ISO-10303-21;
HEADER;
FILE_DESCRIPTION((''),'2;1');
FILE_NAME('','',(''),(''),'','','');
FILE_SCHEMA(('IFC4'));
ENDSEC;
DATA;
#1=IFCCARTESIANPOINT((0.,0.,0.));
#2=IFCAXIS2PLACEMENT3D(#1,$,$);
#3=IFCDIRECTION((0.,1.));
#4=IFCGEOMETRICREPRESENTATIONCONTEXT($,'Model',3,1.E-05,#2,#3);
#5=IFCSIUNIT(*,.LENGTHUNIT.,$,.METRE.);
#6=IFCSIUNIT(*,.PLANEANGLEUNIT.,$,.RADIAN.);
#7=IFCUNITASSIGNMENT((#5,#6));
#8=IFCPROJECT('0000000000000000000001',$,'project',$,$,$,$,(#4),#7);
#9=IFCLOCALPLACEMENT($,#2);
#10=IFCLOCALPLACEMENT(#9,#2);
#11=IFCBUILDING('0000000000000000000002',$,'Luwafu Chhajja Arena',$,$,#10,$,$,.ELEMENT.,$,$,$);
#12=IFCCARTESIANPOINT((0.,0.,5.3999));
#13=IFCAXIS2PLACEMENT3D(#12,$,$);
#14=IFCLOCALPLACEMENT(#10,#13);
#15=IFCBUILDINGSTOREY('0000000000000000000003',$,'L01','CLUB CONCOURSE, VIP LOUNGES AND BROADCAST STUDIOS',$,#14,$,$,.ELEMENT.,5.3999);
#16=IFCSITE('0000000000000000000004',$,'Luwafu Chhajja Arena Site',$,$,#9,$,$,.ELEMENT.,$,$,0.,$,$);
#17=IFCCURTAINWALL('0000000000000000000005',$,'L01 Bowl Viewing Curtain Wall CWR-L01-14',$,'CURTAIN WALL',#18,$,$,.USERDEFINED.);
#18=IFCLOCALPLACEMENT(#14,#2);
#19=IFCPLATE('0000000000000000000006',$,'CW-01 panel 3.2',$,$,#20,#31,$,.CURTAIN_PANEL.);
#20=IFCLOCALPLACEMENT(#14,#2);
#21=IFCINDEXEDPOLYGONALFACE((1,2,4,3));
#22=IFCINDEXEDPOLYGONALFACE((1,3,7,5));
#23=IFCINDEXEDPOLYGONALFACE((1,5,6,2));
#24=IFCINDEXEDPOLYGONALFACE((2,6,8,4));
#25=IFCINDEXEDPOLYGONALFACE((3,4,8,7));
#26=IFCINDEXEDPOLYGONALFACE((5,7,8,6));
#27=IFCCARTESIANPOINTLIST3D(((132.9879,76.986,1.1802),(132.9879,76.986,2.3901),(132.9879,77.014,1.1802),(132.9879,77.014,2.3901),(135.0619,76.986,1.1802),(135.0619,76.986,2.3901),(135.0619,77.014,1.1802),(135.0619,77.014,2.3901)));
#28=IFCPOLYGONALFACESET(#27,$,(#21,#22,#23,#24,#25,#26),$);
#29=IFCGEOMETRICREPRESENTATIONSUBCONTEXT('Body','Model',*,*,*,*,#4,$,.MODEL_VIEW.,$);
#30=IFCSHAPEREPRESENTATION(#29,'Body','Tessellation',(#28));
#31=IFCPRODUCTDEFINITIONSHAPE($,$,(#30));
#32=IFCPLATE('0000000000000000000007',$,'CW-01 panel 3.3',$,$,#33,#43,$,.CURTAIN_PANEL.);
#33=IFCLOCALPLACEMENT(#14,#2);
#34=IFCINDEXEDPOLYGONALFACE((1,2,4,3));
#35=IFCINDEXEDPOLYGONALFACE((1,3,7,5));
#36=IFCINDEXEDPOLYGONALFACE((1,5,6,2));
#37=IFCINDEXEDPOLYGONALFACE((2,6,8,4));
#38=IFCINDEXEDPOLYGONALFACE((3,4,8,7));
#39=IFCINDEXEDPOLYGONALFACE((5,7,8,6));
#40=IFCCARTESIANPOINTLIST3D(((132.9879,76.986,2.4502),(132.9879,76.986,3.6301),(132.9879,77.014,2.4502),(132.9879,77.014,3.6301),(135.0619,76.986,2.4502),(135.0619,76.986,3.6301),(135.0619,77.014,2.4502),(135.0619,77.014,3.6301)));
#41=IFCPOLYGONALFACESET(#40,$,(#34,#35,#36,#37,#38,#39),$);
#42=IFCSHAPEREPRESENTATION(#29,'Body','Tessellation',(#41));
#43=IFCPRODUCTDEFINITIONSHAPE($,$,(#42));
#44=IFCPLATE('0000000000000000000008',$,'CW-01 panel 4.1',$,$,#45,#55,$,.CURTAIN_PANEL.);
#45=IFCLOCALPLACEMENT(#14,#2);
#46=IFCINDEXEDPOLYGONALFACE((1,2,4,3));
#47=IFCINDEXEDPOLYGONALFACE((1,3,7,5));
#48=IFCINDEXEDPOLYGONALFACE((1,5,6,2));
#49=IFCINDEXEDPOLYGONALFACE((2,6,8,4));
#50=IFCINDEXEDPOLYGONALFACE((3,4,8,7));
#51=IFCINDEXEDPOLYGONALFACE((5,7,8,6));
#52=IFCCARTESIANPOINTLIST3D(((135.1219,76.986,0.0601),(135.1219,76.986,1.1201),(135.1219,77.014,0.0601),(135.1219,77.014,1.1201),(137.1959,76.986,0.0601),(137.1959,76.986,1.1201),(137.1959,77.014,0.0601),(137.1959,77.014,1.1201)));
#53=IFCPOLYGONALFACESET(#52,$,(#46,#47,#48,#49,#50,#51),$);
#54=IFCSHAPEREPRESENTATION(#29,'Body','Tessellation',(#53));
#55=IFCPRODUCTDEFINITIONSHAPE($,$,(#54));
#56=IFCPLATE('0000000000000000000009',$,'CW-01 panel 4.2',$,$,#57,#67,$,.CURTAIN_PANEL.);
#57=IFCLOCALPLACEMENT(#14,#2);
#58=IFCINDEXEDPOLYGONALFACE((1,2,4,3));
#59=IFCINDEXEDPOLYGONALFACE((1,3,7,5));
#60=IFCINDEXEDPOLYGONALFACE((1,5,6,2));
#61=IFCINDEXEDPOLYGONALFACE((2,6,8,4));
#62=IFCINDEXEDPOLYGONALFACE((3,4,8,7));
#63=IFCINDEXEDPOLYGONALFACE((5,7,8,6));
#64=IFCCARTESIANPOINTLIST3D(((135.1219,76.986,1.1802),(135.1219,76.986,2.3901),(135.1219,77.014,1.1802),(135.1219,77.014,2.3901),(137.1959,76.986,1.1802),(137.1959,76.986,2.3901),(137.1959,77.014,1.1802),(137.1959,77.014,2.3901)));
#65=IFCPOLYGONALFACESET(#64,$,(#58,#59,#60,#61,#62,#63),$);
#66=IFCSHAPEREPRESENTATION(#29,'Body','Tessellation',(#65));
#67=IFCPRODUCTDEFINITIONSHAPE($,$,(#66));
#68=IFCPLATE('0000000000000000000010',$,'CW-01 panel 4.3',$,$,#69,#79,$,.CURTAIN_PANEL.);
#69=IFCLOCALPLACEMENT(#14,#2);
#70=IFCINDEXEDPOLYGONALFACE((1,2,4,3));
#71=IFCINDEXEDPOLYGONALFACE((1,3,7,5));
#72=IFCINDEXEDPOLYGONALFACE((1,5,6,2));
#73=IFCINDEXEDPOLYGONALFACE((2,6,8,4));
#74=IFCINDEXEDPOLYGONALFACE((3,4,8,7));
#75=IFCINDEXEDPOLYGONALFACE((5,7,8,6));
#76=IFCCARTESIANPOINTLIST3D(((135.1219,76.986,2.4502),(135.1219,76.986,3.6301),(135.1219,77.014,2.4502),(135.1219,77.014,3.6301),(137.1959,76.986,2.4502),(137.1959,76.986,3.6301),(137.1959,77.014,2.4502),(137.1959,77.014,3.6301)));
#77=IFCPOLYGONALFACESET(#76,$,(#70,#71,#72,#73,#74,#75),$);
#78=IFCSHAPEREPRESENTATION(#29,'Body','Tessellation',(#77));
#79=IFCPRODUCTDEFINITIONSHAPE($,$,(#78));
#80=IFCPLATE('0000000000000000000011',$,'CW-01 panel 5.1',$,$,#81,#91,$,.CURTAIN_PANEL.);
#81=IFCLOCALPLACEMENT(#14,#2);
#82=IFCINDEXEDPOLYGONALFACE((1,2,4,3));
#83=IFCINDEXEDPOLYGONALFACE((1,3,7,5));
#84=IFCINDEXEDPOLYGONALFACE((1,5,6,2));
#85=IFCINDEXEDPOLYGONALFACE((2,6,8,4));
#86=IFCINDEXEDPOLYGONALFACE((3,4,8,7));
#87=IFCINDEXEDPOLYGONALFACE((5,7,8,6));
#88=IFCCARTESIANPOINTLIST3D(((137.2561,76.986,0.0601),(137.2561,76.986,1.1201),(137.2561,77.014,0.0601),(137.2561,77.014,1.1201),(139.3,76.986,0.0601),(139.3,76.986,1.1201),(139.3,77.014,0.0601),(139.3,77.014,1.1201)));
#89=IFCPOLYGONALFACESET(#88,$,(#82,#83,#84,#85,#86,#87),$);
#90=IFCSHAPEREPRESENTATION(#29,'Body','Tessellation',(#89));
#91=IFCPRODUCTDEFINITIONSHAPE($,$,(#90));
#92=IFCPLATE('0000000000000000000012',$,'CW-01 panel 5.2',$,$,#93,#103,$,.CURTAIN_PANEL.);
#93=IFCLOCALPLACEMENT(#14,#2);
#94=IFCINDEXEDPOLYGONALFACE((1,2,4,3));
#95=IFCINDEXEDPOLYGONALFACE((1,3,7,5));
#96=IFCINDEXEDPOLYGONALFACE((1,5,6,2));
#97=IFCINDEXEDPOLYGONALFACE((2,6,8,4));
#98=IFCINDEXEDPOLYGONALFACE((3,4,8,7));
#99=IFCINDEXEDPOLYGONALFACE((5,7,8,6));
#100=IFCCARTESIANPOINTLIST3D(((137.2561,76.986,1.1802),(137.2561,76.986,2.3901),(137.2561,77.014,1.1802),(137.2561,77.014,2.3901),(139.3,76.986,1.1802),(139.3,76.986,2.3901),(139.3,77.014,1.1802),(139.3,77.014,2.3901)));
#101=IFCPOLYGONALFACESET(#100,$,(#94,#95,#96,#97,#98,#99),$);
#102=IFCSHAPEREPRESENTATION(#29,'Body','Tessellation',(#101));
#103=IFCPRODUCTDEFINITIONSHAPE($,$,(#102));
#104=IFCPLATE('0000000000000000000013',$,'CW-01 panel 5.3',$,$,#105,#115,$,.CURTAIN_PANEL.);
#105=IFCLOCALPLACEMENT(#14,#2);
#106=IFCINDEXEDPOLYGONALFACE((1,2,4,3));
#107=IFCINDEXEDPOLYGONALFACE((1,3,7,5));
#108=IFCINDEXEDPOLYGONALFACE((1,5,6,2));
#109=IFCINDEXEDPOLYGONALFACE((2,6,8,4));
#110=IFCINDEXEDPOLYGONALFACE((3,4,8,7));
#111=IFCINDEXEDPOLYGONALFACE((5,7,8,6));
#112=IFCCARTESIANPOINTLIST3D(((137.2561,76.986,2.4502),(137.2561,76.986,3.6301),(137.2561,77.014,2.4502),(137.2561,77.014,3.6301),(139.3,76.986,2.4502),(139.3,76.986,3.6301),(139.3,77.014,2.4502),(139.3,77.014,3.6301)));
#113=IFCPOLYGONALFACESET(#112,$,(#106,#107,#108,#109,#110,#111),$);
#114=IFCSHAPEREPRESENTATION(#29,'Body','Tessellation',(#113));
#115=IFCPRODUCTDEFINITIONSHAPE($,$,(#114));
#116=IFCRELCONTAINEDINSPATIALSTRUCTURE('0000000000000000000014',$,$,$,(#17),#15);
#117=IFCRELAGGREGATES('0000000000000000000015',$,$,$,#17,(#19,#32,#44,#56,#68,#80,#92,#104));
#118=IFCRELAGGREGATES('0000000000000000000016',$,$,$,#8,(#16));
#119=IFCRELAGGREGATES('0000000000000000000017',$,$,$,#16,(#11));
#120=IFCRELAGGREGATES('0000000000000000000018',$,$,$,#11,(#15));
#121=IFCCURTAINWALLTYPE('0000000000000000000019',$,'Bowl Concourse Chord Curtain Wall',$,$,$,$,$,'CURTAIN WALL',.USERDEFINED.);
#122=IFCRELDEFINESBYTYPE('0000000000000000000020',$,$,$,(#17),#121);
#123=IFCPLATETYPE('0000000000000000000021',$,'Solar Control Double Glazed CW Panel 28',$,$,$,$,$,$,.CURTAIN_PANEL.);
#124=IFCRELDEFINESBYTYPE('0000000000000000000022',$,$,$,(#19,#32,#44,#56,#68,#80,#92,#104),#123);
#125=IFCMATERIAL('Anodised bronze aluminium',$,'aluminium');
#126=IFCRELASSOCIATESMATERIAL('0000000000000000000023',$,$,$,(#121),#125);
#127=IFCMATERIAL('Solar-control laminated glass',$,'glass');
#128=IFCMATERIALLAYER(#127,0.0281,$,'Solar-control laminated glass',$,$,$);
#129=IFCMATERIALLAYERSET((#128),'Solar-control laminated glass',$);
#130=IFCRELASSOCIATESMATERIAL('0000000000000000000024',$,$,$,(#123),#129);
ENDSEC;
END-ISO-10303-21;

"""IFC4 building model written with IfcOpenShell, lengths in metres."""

from ifc_helpers import new_model, si_unit, direction, frame, origin, origin_2d, place, context, subcontext, project, spatial, rectangle, extrude, material, layer, layer_set, type_object, element, aggregate, save


model = new_model("IFC4")

# Units and contexts
model_context = context("Model", 3, precision=1e-05, world=origin(), true_north=direction((0.0, 1.0)))
body_context = subcontext(model_context, "Body", "Model", "MODEL_VIEW")
ifc_project = project(units=[si_unit("LENGTHUNIT", "METRE"), si_unit("PLANEANGLEUNIT", "RADIAN")], contexts=[model_context])

# Site, building, storey
site_placement = place(None, origin())
site = spatial("IfcSite", under=ifc_project, at=site_placement, Name="Luwafu Chhajja Arena Site", CompositionType="ELEMENT", RefElevation=0.0)
building_placement = place(site_placement, origin())
building = spatial("IfcBuilding", under=site, at=building_placement, Name="Luwafu Chhajja Arena", CompositionType="ELEMENT")
storey_placement = place(building_placement, frame((0.0, 0.0, 5.3999)))
storey = spatial("IfcBuildingStorey", under=building, at=storey_placement, Name="L01", Description="CLUB CONCOURSE, VIP LOUNGES AND BROADCAST STUDIOS", CompositionType="ELEMENT", Elevation=5.3999)

# Curtain wall
ifc_material_1 = material(Name="Anodised bronze aluminium", Category="aluminium")
curtain_wall_type = type_object("IfcCurtainWallType", Name="Bowl Concourse Chord Curtain Wall", ElementType="CURTAIN WALL", PredefinedType="USERDEFINED", material=ifc_material_1)
curtain_wall_placement = place(storey_placement, origin())
curtain_wall = element("IfcCurtainWall", 1, at=curtain_wall_placement, inside=storey, type_object=curtain_wall_type, Name="L01 Bowl Viewing Curtain Wall CWR-L01-14", ObjectType="CURTAIN WALL", PredefinedType="USERDEFINED")

# Plates
ifc_material_2 = material(Name="Solar-control laminated glass", Category="glass")
ifc_layer_1 = layer(ifc_material_2, 0.0281, Name="Solar-control laminated glass")
ifc_layer_set_1 = layer_set([ifc_layer_1], Name="Solar-control laminated glass")
plate_type_1 = type_object("IfcPlateType", Name="Solar Control Double Glazed CW Panel 28", PredefinedType="CURTAIN_PANEL", material=ifc_layer_set_1)
plate_1_placement = place(storey_placement, frame((134.0249, 77.0, 1.1802), z_axis=(0.0, 0.0, 1.0), x_axis=(1.0, 0.0, 0.0)))
plate_1 = element("IfcPlate", 2, at=plate_1_placement, type_object=plate_type_1, Name="CW-01 panel 3.2", PredefinedType="CURTAIN_PANEL", context=body_context, shape_type="SweptSolid", body=[
    extrude(rectangle(XDim=2.074, YDim=0.0281, at=origin_2d()), origin(), (0.0, 0.0, 1.0), 1.21),
])
plate_2_placement = place(storey_placement, frame((134.0249, 77.0, 2.4502), z_axis=(0.0, 0.0, 1.0), x_axis=(1.0, 0.0, 0.0)))
plate_2 = element("IfcPlate", 3, at=plate_2_placement, type_object=plate_type_1, Name="CW-01 panel 3.3", PredefinedType="CURTAIN_PANEL", context=body_context, shape_type="SweptSolid", body=[
    extrude(rectangle(XDim=2.074, YDim=0.0281, at=origin_2d()), origin(), (0.0, 0.0, 1.0), 1.1799),
])
plate_3_placement = place(storey_placement, frame((136.1589, 77.0, 0.0601), z_axis=(0.0, 0.0, 1.0), x_axis=(1.0, 0.0, 0.0)))
plate_3 = element("IfcPlate", 4, at=plate_3_placement, type_object=plate_type_1, Name="CW-01 panel 4.1", PredefinedType="CURTAIN_PANEL", context=body_context, shape_type="SweptSolid", body=[
    extrude(rectangle(XDim=2.074, YDim=0.0281, at=origin_2d()), origin(), (0.0, 0.0, 1.0), 1.0601),
])
plate_4_placement = place(storey_placement, frame((136.1589, 77.0, 1.1802), z_axis=(0.0, 0.0, 1.0), x_axis=(1.0, 0.0, 0.0)))
plate_4 = element("IfcPlate", 5, at=plate_4_placement, type_object=plate_type_1, Name="CW-01 panel 4.2", PredefinedType="CURTAIN_PANEL", context=body_context, shape_type="SweptSolid", body=[
    extrude(rectangle(XDim=2.074, YDim=0.0281, at=origin_2d()), origin(), (0.0, 0.0, 1.0), 1.21),
])
plate_5_placement = place(storey_placement, frame((136.1589, 77.0, 2.4502), z_axis=(0.0, 0.0, 1.0), x_axis=(1.0, 0.0, 0.0)))
plate_5 = element("IfcPlate", 6, at=plate_5_placement, type_object=plate_type_1, Name="CW-01 panel 4.3", PredefinedType="CURTAIN_PANEL", context=body_context, shape_type="SweptSolid", body=[
    extrude(rectangle(XDim=2.074, YDim=0.0281, at=origin_2d()), origin(), (0.0, 0.0, 1.0), 1.1799),
])
plate_6_placement = place(storey_placement, frame((138.2781, 77.0, 0.0601), z_axis=(0.0, 0.0, 1.0), x_axis=(1.0, 0.0, 0.0)))
plate_6 = element("IfcPlate", 7, at=plate_6_placement, type_object=plate_type_1, Name="CW-01 panel 5.1", PredefinedType="CURTAIN_PANEL", context=body_context, shape_type="SweptSolid", body=[
    extrude(rectangle(XDim=2.0439, YDim=0.0281, at=origin_2d()), origin(), (0.0, 0.0, 1.0), 1.0601),
])
plate_7_placement = place(storey_placement, frame((138.2781, 77.0, 1.1802), z_axis=(0.0, 0.0, 1.0), x_axis=(1.0, 0.0, 0.0)))
plate_7 = element("IfcPlate", 8, at=plate_7_placement, type_object=plate_type_1, Name="CW-01 panel 5.2", PredefinedType="CURTAIN_PANEL", context=body_context, shape_type="SweptSolid", body=[
    extrude(rectangle(XDim=2.0439, YDim=0.0281, at=origin_2d()), origin(), (0.0, 0.0, 1.0), 1.21),
])
plate_8_placement = place(storey_placement, frame((138.2781, 77.0, 2.4502), z_axis=(0.0, 0.0, 1.0), x_axis=(1.0, 0.0, 0.0)))
plate_8 = element("IfcPlate", 9, at=plate_8_placement, type_object=plate_type_1, Name="CW-01 panel 5.3", PredefinedType="CURTAIN_PANEL", context=body_context, shape_type="SweptSolid", body=[
    extrude(rectangle(XDim=2.0439, YDim=0.0281, at=origin_2d()), origin(), (0.0, 0.0, 1.0), 1.1799),
])
aggregate(curtain_wall, [plate_1, plate_2, plate_3, plate_4, plate_5, plate_6, plate_7, plate_8])

save(model, "model.ifc")
